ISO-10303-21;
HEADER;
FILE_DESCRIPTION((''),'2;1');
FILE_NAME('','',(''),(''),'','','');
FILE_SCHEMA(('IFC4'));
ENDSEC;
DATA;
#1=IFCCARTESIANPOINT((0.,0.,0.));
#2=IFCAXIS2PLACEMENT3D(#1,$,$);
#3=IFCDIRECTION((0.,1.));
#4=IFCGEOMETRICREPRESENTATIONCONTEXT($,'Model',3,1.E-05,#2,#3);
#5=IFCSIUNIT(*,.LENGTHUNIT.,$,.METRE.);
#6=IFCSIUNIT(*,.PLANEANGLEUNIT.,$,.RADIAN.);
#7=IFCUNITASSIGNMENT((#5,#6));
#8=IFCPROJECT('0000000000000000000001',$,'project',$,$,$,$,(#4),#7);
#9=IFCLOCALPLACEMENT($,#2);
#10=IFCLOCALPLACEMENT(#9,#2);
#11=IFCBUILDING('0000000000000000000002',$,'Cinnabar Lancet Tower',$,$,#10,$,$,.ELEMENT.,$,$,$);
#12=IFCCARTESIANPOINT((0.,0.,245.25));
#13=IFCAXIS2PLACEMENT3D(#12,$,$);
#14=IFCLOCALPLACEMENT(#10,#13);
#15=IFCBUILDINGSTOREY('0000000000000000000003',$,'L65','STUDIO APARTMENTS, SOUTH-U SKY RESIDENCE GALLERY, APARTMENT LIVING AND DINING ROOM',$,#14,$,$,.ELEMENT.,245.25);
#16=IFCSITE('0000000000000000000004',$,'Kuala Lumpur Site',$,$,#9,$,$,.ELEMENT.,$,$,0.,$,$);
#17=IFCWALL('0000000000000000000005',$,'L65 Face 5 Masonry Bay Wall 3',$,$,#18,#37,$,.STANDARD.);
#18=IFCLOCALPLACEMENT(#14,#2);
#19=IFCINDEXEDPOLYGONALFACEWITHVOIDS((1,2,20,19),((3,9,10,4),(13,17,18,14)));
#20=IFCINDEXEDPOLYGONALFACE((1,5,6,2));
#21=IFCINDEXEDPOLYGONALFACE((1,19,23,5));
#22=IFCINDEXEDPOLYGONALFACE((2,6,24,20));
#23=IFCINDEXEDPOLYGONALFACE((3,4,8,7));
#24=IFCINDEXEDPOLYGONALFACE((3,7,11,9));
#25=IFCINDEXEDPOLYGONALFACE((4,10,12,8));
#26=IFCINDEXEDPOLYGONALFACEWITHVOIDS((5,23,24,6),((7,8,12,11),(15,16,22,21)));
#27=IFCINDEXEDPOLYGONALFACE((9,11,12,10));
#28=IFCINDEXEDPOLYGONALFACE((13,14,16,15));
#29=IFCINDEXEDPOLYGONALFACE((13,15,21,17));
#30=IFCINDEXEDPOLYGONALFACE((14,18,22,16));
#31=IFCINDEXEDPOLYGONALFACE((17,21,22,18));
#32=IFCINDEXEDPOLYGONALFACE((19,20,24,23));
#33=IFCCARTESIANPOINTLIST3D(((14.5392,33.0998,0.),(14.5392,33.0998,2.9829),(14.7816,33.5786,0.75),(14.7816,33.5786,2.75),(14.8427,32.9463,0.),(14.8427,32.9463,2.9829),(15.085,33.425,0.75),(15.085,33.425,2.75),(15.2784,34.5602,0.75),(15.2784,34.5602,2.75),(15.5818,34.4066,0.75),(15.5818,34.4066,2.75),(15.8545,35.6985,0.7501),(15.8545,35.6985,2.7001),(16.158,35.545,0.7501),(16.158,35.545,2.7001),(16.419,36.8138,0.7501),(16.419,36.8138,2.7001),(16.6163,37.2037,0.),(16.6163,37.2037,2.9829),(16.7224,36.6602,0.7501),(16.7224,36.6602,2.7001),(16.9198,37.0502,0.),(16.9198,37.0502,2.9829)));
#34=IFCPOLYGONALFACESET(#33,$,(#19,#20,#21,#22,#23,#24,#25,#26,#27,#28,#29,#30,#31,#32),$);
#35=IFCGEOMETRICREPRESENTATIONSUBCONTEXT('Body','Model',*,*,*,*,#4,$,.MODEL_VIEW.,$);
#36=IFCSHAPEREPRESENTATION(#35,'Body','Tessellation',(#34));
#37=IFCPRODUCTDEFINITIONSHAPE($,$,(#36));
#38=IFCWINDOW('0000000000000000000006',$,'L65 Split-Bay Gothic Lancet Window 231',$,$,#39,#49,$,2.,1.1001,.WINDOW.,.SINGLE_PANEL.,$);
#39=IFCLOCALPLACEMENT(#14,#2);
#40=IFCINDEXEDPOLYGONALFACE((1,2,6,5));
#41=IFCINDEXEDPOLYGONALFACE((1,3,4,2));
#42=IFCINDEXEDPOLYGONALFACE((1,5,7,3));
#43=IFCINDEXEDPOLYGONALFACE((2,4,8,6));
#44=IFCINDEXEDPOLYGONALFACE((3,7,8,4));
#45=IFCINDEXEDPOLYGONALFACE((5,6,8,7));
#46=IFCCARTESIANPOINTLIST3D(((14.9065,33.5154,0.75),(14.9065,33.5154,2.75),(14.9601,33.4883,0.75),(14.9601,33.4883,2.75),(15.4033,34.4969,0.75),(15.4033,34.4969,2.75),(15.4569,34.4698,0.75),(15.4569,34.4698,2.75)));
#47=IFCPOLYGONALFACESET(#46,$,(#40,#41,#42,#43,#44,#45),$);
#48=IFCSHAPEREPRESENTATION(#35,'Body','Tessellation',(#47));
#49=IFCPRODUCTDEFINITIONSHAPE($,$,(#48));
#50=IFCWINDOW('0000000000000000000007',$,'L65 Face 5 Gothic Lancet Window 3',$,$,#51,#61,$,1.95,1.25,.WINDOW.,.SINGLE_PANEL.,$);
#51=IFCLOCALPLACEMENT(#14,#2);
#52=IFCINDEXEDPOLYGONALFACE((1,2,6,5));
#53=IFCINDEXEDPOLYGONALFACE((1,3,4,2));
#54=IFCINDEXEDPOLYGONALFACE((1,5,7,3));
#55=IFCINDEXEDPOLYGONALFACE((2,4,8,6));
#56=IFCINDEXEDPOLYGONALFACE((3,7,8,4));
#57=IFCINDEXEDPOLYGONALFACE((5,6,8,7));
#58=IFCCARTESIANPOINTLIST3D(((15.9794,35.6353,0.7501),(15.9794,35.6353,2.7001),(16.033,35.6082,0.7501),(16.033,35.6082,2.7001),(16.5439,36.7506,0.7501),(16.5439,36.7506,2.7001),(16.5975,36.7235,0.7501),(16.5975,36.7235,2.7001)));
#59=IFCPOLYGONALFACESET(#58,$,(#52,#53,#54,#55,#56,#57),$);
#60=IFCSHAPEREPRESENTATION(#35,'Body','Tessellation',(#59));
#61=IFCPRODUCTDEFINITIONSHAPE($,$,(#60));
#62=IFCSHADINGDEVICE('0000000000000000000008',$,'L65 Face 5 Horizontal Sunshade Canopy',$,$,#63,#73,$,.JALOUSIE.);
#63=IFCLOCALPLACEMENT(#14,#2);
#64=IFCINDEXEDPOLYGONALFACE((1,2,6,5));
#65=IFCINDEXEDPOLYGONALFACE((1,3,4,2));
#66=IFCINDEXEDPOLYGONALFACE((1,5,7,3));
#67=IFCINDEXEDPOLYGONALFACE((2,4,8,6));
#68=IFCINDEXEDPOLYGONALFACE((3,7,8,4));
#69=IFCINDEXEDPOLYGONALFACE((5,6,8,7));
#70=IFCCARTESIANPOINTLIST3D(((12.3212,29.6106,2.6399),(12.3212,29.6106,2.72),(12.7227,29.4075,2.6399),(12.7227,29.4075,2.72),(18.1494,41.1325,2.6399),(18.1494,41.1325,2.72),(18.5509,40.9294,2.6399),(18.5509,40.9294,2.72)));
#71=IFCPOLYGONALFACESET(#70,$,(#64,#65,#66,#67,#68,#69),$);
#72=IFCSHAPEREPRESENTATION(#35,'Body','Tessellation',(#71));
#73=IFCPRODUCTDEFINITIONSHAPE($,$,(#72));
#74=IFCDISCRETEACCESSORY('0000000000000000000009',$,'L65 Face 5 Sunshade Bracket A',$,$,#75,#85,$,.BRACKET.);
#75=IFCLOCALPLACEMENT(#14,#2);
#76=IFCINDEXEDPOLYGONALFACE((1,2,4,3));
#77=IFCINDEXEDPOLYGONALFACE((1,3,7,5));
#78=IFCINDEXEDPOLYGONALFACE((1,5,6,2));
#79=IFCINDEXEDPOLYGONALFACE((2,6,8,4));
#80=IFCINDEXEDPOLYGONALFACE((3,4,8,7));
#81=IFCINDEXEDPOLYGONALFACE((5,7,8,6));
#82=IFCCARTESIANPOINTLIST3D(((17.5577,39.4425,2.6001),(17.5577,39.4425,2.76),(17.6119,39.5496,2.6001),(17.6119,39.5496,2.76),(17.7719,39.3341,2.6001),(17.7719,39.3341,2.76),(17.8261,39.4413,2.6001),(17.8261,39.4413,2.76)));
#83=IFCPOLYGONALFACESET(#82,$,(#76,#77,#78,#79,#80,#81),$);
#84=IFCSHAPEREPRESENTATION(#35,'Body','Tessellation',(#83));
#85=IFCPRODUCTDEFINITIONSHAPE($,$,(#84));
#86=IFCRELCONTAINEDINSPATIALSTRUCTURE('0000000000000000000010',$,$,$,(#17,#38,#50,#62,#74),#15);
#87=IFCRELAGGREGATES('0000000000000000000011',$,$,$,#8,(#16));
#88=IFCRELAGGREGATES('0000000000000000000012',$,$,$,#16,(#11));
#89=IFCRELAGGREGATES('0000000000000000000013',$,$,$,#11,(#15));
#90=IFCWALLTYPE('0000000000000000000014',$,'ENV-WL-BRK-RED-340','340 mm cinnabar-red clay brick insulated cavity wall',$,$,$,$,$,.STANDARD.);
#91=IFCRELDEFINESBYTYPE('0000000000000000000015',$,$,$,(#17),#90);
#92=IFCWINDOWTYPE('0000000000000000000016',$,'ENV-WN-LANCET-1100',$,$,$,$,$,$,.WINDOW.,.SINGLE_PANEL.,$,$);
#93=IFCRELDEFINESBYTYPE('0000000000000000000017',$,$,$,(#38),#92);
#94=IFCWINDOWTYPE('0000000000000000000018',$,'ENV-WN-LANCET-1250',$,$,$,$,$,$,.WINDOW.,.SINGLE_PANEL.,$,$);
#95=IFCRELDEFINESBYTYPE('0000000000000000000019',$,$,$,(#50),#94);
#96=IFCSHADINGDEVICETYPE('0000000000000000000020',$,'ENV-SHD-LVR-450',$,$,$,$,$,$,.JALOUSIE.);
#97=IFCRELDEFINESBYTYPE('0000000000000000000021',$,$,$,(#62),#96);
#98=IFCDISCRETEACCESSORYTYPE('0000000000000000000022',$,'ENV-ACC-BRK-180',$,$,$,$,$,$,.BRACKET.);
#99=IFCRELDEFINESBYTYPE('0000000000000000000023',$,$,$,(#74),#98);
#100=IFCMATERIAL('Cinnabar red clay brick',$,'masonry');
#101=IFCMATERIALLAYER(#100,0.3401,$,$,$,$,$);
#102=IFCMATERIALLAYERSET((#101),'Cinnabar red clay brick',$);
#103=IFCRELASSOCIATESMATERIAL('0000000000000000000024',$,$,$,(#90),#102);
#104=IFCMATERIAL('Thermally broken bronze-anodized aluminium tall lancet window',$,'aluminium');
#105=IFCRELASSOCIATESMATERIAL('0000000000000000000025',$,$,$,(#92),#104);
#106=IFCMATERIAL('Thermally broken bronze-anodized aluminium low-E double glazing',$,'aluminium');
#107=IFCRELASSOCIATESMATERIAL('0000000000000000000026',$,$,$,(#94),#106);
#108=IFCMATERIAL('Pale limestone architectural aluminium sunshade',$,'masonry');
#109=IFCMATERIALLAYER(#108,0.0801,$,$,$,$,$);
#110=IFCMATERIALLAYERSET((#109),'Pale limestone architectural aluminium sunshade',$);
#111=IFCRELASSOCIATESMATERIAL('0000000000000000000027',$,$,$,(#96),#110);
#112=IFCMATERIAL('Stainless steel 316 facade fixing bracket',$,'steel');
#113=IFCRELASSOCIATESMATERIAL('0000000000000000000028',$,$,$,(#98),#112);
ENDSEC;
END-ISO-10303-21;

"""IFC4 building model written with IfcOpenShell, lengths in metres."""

from ifc_helpers import new_model, si_unit, direction, frame, frame_2d, origin, origin_2d, place, context, subcontext, project, spatial, rectangle, extrude, material, layer, layer_set, type_object, element, fill, save


model = new_model("IFC4")

# Units and contexts
model_context = context("Model", 3, precision=1e-05, world=origin(), true_north=direction((0.0, 1.0)))
body_context = subcontext(model_context, "Body", "Model", "MODEL_VIEW")
ifc_project = project(units=[si_unit("LENGTHUNIT", "METRE"), si_unit("PLANEANGLEUNIT", "RADIAN")], contexts=[model_context])

# Site, building, storey
site_placement = place(None, origin())
site = spatial("IfcSite", under=ifc_project, at=site_placement, Name="Kuala Lumpur Site", CompositionType="ELEMENT", RefElevation=0.0)
building_placement = place(site_placement, origin())
building = spatial("IfcBuilding", under=site, at=building_placement, Name="Cinnabar Lancet Tower", CompositionType="ELEMENT")
storey_placement = place(building_placement, frame((0.0, 0.0, 245.25)))
storey = spatial("IfcBuildingStorey", under=building, at=storey_placement, Name="L65", Description="STUDIO APARTMENTS, SOUTH-U SKY RESIDENCE GALLERY, APARTMENT LIVING AND DINING ROOM", CompositionType="ELEMENT", Elevation=245.25)

# Shared definitions
ifc_material_1 = material(Name="Cinnabar red clay brick", Category="masonry")
ifc_layer_1 = layer(ifc_material_1, 0.3401)
ifc_layer_set_1 = layer_set([ifc_layer_1], Name="Cinnabar red clay brick")
wall_type_1 = type_object("IfcWallType", Name="ENV-WL-BRK-RED-340", Description="340 mm cinnabar-red clay brick insulated cavity wall", PredefinedType="STANDARD", material=ifc_layer_set_1)

# Wall, openings, windows
wall_1_placement = place(storey_placement, frame((16.7681, 37.127, 0.0), z_axis=(0.0, 0.0, 1.0), x_axis=(-0.451582, -0.89223, 0.0)))
wall_1 = element("IfcWall", 1, at=wall_1_placement, inside=storey, type_object=wall_type_1, Name="L65 Face 5 Masonry Bay Wall 3", PredefinedType="STANDARD", context=body_context, shape_type="SweptSolid", body=[
    extrude(rectangle(XDim=4.5996, YDim=0.3401, at=frame_2d((2.2998, 0.0))), origin(), (0.0, 0.0, 1.0), 2.9829),
])
opening_1_placement = place(wall_1_placement, frame((0.437, 0.0, 0.75)))
opening_1 = element("IfcOpeningElement", 2, at=opening_1_placement, cuts=wall_1, PredefinedType="OPENING", context=body_context, shape_type="SweptSolid", body=[
    extrude(rectangle(XDim=1.25, YDim=1.95, at=frame_2d((0.625, 0.9751))), frame((0.0, 0.1799, 0.0), z_axis=(0.0, -1.0, 0.0), x_axis=(1.0, 0.0, 0.0)), (0.0, 0.0, 1.0), 0.3601),
])
opening_2_placement = place(wall_1_placement, frame((2.9629, 0.0, 0.75)))
opening_2 = element("IfcOpeningElement", 3, at=opening_2_placement, cuts=wall_1, PredefinedType="OPENING", context=body_context, shape_type="SweptSolid", body=[
    extrude(rectangle(XDim=1.1001, YDim=2.0, at=frame_2d((0.55, 1.0))), frame((0.0, 0.1799, 0.0), z_axis=(0.0, -1.0, 0.0), x_axis=(1.0, 0.0, 0.0)), (0.0, 0.0, 1.0), 0.3601),
])
ifc_material_2 = material(Name="Thermally broken bronze-anodized aluminium tall lancet window", Category="aluminium")
window_type_1 = type_object("IfcWindowType", Name="ENV-WN-LANCET-1100", PartitioningType="SINGLE_PANEL", PredefinedType="WINDOW", material=ifc_material_2)
window_1_placement = place(opening_2_placement, origin())
window_1 = element("IfcWindow", 4, at=window_1_placement, inside=storey, type_object=window_type_1, Name="L65 Split-Bay Gothic Lancet Window 231", OverallHeight=2.0, OverallWidth=1.1001, PartitioningType="SINGLE_PANEL", PredefinedType="WINDOW", context=body_context, shape_type="SweptSolid", body=[
    extrude(rectangle(XDim=1.1001, YDim=2.0, at=frame_2d((0.55, 1.0))), frame((0.0, 0.03, 0.0), z_axis=(0.0, -1.0, 0.0), x_axis=(1.0, 0.0, 0.0)), (0.0, 0.0, 1.0), 0.0601),
])
fill(opening_2, window_1)
ifc_material_3 = material(Name="Thermally broken bronze-anodized aluminium low-E double glazing", Category="aluminium")
window_type_2 = type_object("IfcWindowType", Name="ENV-WN-LANCET-1250", PartitioningType="SINGLE_PANEL", PredefinedType="WINDOW", material=ifc_material_3)
window_2_placement = place(opening_1_placement, origin())
window_2 = element("IfcWindow", 5, at=window_2_placement, inside=storey, type_object=window_type_2, Name="L65 Face 5 Gothic Lancet Window 3", OverallHeight=1.95, OverallWidth=1.25, PartitioningType="SINGLE_PANEL", PredefinedType="WINDOW", context=body_context, shape_type="SweptSolid", body=[
    extrude(rectangle(XDim=1.25, YDim=1.95, at=frame_2d((0.625, 0.9751))), frame((0.0, 0.03, 0.0), z_axis=(0.0, -1.0, 0.0), x_axis=(1.0, 0.0, 0.0)), (0.0, 0.0, 1.0), 0.0601),
])
fill(opening_1, window_2)

# Shading device
ifc_material_4 = material(Name="Pale limestone architectural aluminium sunshade", Category="masonry")
ifc_layer_2 = layer(ifc_material_4, 0.0801)
ifc_layer_set_2 = layer_set([ifc_layer_2], Name="Pale limestone architectural aluminium sunshade")
shading_device_type = type_object("IfcShadingDeviceType", Name="ENV-SHD-LVR-450", PredefinedType="JALOUSIE", material=ifc_layer_set_2)
shading_device_placement = place(storey_placement, frame((15.436, 35.27, 2.6399), z_axis=(0.0, 0.0, 1.0), x_axis=(-0.451376, -0.892334, 0.0)))
element("IfcShadingDevice", 6, at=shading_device_placement, inside=storey, type_object=shading_device_type, Name="L65 Face 5 Horizontal Sunshade Canopy", PredefinedType="JALOUSIE", context=body_context, shape_type="SweptSolid", body=[
    extrude(rectangle(XDim=12.9121, YDim=0.45, at=origin_2d()), origin(), (0.0, 0.0, 1.0), 0.0801),
])

# Discrete accessory
ifc_material_5 = material(Name="Stainless steel 316 facade fixing bracket", Category="steel")
discrete_accessory_type = type_object("IfcDiscreteAccessoryType", Name="ENV-ACC-BRK-180", PredefinedType="BRACKET", material=ifc_material_5)
discrete_accessory_placement = place(storey_placement, frame((17.6919, 39.4419, 2.6001), z_axis=(0.0, 0.0, 1.0), x_axis=(-0.451376, -0.892334, 0.0)))
element("IfcDiscreteAccessory", 7, at=discrete_accessory_placement, inside=storey, type_object=discrete_accessory_type, Name="L65 Face 5 Sunshade Bracket A", PredefinedType="BRACKET", context=body_context, shape_type="SweptSolid", body=[
    extrude(rectangle(XDim=0.1201, YDim=0.24, at=origin_2d()), origin(), (0.0, 0.0, 1.0), 0.1599),
])

save(model, "model.ifc")
